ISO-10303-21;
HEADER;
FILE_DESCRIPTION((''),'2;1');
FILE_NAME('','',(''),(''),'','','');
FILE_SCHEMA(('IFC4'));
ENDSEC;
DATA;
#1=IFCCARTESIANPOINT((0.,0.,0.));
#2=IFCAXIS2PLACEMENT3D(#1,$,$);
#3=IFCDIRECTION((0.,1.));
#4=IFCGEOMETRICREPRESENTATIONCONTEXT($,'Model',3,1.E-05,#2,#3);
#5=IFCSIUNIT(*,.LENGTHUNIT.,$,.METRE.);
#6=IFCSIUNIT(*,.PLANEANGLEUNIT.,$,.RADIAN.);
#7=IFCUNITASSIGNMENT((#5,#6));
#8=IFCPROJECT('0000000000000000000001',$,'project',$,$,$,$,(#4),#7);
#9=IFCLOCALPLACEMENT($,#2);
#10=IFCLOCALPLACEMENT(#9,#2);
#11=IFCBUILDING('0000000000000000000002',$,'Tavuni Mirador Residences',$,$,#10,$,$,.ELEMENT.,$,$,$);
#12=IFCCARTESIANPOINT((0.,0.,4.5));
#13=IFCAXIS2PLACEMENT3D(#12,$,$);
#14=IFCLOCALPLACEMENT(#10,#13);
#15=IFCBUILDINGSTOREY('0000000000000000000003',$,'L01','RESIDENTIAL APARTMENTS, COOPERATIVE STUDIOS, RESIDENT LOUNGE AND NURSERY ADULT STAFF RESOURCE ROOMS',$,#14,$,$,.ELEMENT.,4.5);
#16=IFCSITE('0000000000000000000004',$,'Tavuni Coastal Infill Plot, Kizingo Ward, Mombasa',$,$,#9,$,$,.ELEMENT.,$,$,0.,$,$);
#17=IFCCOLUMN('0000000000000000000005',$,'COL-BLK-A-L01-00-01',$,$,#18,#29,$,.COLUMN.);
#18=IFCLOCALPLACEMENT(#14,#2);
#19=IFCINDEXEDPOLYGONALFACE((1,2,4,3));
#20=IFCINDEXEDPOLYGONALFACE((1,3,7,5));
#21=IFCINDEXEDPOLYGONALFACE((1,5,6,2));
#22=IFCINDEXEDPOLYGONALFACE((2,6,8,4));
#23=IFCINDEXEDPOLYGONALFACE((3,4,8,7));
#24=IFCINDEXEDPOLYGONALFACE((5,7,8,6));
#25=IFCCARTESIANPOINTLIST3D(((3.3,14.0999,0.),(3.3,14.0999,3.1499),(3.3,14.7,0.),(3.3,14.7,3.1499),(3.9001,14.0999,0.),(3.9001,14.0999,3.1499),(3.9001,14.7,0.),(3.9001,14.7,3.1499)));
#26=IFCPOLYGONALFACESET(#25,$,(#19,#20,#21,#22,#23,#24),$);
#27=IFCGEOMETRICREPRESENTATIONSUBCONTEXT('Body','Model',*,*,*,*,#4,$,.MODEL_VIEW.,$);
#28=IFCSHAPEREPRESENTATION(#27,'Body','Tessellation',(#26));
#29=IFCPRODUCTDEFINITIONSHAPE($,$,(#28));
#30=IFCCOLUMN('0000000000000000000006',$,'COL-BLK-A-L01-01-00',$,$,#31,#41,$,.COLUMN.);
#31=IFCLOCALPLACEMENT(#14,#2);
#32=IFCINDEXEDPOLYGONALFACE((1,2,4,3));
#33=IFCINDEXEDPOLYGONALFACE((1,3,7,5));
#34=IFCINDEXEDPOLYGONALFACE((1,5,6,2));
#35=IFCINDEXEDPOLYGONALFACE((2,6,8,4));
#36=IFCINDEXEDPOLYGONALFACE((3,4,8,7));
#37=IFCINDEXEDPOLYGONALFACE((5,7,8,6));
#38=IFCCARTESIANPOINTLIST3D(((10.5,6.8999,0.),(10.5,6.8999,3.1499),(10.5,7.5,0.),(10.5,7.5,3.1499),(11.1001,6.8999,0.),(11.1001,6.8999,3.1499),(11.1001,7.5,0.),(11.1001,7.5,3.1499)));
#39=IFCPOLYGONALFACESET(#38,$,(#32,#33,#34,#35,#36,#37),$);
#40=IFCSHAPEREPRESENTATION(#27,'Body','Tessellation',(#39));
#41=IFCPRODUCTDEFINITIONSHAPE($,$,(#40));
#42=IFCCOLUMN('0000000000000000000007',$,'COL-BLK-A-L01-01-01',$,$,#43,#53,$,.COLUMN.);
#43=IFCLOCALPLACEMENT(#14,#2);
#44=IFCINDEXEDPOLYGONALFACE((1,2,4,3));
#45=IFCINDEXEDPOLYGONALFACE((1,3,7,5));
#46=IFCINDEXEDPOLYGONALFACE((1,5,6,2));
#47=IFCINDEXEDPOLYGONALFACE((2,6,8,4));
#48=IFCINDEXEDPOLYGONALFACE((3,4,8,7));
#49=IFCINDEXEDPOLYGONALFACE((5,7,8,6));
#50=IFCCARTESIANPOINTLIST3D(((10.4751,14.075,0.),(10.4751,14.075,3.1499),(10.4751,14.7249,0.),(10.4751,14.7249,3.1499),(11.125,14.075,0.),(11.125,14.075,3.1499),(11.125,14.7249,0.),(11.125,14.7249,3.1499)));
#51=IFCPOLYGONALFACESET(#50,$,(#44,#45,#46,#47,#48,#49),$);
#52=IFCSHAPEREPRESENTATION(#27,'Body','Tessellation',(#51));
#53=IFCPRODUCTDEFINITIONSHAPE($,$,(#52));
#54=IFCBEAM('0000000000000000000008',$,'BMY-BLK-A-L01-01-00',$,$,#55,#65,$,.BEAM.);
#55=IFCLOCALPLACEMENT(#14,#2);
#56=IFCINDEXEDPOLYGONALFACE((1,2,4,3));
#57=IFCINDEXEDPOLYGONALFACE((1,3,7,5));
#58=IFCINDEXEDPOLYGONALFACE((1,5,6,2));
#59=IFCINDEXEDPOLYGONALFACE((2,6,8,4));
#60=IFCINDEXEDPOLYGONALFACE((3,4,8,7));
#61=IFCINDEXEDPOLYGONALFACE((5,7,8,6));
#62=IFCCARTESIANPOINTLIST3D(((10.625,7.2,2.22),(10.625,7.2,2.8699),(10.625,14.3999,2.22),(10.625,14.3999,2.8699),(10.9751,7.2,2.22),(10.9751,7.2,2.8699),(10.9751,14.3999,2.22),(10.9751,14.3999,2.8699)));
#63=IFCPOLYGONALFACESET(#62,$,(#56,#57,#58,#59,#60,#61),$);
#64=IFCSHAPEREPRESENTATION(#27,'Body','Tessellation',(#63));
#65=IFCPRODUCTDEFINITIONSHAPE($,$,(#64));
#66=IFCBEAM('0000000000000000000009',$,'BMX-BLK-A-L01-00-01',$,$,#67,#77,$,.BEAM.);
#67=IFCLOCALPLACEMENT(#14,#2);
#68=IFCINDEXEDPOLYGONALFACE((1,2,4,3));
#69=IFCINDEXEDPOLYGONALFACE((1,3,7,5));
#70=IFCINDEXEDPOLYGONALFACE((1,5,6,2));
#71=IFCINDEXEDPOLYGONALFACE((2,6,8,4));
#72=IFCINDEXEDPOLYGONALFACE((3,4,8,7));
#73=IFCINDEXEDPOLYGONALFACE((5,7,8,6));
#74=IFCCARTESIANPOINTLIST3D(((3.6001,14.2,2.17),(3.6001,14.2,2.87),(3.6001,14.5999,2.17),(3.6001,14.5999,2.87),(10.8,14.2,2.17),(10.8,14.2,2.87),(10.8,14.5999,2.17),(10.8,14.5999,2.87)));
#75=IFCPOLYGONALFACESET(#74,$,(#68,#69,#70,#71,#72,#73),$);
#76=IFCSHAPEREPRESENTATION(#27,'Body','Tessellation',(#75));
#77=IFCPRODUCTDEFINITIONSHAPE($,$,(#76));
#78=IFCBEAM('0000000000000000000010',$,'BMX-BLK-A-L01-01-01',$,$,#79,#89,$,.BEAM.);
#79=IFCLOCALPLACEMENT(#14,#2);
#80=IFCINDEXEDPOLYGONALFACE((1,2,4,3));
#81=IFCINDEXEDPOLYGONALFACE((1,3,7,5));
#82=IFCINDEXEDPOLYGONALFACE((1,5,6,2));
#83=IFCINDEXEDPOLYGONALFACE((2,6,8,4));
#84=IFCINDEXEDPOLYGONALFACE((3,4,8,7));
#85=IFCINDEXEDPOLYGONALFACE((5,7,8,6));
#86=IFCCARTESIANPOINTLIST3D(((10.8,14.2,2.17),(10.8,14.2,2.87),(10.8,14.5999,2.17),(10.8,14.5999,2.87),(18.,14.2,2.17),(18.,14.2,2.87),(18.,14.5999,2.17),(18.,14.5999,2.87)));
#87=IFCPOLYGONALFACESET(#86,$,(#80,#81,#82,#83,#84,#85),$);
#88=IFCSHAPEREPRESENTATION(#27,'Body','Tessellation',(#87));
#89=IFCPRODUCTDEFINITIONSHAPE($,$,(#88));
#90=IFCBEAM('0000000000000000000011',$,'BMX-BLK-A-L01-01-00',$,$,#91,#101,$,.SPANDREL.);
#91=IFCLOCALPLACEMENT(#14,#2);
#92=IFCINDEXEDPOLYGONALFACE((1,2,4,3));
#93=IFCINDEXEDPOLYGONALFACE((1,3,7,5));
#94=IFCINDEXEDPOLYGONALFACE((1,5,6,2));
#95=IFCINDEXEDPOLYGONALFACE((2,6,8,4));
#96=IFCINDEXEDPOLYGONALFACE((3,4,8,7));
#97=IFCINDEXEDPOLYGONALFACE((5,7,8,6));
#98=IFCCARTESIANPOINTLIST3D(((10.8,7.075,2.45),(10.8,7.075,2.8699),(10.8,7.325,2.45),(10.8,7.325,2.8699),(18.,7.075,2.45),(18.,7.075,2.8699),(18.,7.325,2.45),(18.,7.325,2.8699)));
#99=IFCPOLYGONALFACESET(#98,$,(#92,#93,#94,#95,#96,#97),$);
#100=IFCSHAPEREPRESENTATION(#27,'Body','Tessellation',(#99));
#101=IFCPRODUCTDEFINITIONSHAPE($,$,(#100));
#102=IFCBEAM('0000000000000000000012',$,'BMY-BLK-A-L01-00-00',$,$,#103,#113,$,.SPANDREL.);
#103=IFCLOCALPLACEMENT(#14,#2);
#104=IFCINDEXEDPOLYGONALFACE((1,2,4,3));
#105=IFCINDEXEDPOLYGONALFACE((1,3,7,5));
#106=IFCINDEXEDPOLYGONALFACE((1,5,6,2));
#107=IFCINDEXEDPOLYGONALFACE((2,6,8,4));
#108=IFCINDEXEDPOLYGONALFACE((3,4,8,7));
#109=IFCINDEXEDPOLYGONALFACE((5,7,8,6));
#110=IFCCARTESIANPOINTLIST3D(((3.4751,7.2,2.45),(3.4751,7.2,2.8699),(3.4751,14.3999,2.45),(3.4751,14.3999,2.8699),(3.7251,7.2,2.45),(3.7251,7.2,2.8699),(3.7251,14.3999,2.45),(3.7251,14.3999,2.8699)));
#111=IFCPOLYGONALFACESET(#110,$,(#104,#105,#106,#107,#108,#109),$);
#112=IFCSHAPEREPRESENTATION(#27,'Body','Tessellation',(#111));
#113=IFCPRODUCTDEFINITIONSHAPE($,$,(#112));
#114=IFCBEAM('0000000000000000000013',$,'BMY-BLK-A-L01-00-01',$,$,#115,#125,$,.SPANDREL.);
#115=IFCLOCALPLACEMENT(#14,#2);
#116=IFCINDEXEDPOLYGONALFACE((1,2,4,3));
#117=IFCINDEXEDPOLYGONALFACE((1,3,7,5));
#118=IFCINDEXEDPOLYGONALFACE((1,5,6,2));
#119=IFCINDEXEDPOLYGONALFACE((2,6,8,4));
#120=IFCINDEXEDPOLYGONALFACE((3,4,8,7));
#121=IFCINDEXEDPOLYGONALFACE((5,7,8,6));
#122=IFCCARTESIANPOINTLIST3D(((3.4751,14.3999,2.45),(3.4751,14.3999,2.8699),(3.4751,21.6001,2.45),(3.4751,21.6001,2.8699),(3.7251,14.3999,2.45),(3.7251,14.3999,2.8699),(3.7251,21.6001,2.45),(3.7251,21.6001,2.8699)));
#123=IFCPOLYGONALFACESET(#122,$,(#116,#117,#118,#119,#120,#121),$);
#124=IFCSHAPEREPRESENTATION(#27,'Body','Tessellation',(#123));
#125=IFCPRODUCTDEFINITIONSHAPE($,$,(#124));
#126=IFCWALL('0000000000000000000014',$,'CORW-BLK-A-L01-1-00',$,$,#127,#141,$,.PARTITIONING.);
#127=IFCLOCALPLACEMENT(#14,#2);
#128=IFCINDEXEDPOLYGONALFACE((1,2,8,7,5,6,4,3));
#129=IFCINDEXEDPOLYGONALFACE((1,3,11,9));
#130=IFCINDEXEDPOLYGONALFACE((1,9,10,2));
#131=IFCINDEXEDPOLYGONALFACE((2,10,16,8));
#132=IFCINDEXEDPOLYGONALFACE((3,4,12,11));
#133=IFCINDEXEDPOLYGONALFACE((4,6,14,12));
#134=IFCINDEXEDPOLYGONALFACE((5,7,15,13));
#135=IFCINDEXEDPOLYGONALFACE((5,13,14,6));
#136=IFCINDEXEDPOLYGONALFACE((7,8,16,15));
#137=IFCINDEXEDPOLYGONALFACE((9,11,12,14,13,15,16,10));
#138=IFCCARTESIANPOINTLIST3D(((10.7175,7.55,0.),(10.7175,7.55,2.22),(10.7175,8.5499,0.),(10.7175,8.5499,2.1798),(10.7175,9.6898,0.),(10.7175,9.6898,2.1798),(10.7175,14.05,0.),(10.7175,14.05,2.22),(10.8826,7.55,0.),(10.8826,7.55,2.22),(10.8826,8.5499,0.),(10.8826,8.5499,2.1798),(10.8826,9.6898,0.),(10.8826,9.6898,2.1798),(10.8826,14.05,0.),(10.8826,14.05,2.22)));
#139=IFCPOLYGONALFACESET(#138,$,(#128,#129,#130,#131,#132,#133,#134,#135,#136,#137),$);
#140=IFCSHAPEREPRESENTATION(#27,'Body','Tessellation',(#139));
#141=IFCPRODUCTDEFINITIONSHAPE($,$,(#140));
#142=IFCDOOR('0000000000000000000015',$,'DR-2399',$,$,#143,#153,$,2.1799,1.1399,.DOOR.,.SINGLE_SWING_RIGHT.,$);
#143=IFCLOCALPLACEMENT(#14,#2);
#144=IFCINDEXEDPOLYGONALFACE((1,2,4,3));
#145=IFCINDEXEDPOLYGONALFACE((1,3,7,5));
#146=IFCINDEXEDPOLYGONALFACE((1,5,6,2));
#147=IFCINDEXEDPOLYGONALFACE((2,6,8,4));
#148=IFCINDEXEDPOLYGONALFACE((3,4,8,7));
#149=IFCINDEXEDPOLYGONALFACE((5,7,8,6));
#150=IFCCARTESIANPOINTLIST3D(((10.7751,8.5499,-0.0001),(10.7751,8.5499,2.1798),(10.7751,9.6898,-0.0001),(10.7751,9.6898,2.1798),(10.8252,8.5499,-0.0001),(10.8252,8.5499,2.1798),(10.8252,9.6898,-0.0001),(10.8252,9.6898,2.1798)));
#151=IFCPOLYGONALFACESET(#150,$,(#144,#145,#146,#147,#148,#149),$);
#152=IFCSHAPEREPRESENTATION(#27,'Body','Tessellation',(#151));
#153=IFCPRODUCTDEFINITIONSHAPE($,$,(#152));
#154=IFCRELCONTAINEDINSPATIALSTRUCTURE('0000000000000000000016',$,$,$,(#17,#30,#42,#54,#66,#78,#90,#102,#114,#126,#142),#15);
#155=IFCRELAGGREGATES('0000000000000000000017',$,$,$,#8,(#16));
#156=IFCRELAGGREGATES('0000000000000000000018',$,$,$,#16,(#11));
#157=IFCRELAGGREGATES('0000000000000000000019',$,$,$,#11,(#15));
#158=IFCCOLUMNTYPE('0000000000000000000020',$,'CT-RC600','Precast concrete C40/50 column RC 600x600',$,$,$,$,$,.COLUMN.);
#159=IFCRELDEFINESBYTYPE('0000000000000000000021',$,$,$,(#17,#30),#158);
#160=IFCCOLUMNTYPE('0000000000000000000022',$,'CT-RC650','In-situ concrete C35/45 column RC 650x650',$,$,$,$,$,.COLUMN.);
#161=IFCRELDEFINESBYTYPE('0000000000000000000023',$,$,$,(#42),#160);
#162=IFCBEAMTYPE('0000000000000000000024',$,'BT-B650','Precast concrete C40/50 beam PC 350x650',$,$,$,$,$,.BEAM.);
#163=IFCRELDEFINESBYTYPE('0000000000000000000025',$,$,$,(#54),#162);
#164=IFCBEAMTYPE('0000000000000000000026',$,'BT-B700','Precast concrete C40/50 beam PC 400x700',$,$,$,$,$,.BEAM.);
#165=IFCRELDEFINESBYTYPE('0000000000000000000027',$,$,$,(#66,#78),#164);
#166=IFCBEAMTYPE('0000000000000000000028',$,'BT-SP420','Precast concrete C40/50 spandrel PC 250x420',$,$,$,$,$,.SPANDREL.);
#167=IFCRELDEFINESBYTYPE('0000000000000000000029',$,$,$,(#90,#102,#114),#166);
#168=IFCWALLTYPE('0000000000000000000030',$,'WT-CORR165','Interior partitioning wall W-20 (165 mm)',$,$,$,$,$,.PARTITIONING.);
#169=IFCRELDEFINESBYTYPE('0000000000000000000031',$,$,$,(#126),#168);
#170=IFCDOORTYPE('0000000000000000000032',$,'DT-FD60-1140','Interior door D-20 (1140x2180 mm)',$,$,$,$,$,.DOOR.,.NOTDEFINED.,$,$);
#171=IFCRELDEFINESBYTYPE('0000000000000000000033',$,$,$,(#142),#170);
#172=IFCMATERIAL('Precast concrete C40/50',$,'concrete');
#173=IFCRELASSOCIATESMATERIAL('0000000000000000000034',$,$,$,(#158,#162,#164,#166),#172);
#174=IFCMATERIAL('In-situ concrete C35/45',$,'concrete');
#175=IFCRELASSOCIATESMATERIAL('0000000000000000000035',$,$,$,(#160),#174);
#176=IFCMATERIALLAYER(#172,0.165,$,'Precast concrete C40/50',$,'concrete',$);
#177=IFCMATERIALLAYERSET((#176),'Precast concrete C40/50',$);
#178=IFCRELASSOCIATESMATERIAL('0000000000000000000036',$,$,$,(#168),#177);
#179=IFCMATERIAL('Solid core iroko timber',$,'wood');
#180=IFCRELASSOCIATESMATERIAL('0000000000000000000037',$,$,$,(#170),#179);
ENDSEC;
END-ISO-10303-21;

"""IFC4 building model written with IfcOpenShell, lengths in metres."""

from ifc_helpers import new_model, si_unit, direction, frame, frame_2d, origin, origin_2d, place, context, subcontext, project, spatial, rectangle, extrude, material, layer, layer_set, material_profile, profile_set, type_object, element, fill, save


model = new_model("IFC4")

# Units and contexts
model_context = context("Model", 3, precision=1e-05, world=origin(), true_north=direction((0.0, 1.0)))
body_context = subcontext(model_context, "Body", "Model", "MODEL_VIEW")
ifc_project = project(units=[si_unit("LENGTHUNIT", "METRE"), si_unit("PLANEANGLEUNIT", "RADIAN")], contexts=[model_context])

# Site, building, storey
site_placement = place(None, origin())
site = spatial("IfcSite", under=ifc_project, at=site_placement, Name="Tavuni Coastal Infill Plot, Kizingo Ward, Mombasa", CompositionType="ELEMENT", RefElevation=0.0)
building_placement = place(site_placement, origin())
building = spatial("IfcBuilding", under=site, at=building_placement, Name="Tavuni Mirador Residences", CompositionType="ELEMENT")
storey_placement = place(building_placement, frame((0.0, 0.0, 4.5)))
storey = spatial("IfcBuildingStorey", under=building, at=storey_placement, Name="L01", Description="RESIDENTIAL APARTMENTS, COOPERATIVE STUDIOS, RESIDENT LOUNGE AND NURSERY ADULT STAFF RESOURCE ROOMS", CompositionType="ELEMENT", Elevation=4.5)

# Columns
ifc_material_1 = material(Name="Precast concrete C40/50", Category="concrete")
ifc_material_profile_1 = material_profile(ifc_material_1, rectangle(XDim=0.6001, YDim=0.6001, at=origin_2d()), Name="RC 600x600", Category="concrete")
ifc_profile_set_1 = profile_set([ifc_material_profile_1], Name="Precast concrete C40/50")
column_type_1 = type_object("IfcColumnType", Name="CT-RC600", Description="Precast concrete C40/50 column RC 600x600", PredefinedType="COLUMN", material=ifc_profile_set_1)
for number, where, z_axis, x_axis, name in (
    (1, (3.6001, 14.3999, 0.0), (0.0, 0.0, 1.0), (1.0, 0.0, 0.0), "COL-BLK-A-L01-00-01"),
    (2, (10.8, 7.2, 0.0), (0.0, 0.0, 1.0), (1.0, 0.0, 0.0), "COL-BLK-A-L01-01-00"),
):
    element("IfcColumn", number, at=place(storey_placement, frame(where, z_axis=z_axis, x_axis=x_axis)), inside=storey, type_object=column_type_1, Name=name, PredefinedType="COLUMN", context=body_context, shape_type="SweptSolid", body=[
        extrude(rectangle(XDim=0.6001, YDim=0.6001, at=origin_2d()), origin(), (0.0, 0.0, 1.0), 3.1499),
    ])
ifc_material_2 = material(Name="In-situ concrete C35/45", Category="concrete")
ifc_material_profile_2 = material_profile(ifc_material_2, rectangle(XDim=0.6499, YDim=0.6499, at=origin_2d()), Name="RC 650x650", Category="concrete")
ifc_profile_set_2 = profile_set([ifc_material_profile_2], Name="In-situ concrete C35/45")
column_type_2 = type_object("IfcColumnType", Name="CT-RC650", Description="In-situ concrete C35/45 column RC 650x650", PredefinedType="COLUMN", material=ifc_profile_set_2)
column_placement = place(storey_placement, frame((10.8, 14.3999, 0.0), z_axis=(0.0, 0.0, 1.0), x_axis=(1.0, 0.0, 0.0)))
element("IfcColumn", 3, at=column_placement, inside=storey, type_object=column_type_2, Name="COL-BLK-A-L01-01-01", PredefinedType="COLUMN", context=body_context, shape_type="SweptSolid", body=[
    extrude(rectangle(XDim=0.6499, YDim=0.6499, at=origin_2d()), origin(), (0.0, 0.0, 1.0), 3.1499),
])

# Beams
ifc_material_profile_3 = material_profile(ifc_material_1, rectangle(XDim=0.3501, YDim=0.6499, at=origin_2d()), Name="PC 350x650", Category="concrete")
ifc_profile_set_3 = profile_set([ifc_material_profile_3], Name="Precast concrete C40/50")
beam_type_1 = type_object("IfcBeamType", Name="BT-B650", Description="Precast concrete C40/50 beam PC 350x650", PredefinedType="BEAM", material=ifc_profile_set_3)
beam_1_placement = place(storey_placement, frame((10.8, 7.2, 2.5449), z_axis=(0.0, 1.0, 0.0), x_axis=(-1.0, 0.0, 0.0)))
element("IfcBeam", 4, at=beam_1_placement, inside=storey, type_object=beam_type_1, Name="BMY-BLK-A-L01-01-00", PredefinedType="BEAM", context=body_context, shape_type="SweptSolid", body=[
    extrude(rectangle(XDim=0.3501, YDim=0.6499, at=origin_2d()), origin(), (0.0, 0.0, 1.0), 7.2),
])
ifc_material_profile_4 = material_profile(ifc_material_1, rectangle(XDim=0.3999, YDim=0.7, at=origin_2d()), Name="PC 400x700", Category="concrete")
ifc_profile_set_4 = profile_set([ifc_material_profile_4], Name="Precast concrete C40/50")
beam_type_2 = type_object("IfcBeamType", Name="BT-B700", Description="Precast concrete C40/50 beam PC 400x700", PredefinedType="BEAM", material=ifc_profile_set_4)
for number, where, z_axis, x_axis, name in (
    (5, (3.6001, 14.3999, 2.52), (1.0, 0.0, 0.0), (0.0, 1.0, 0.0), "BMX-BLK-A-L01-00-01"),
    (6, (10.8, 14.3999, 2.52), (1.0, 0.0, 0.0), (0.0, 1.0, 0.0), "BMX-BLK-A-L01-01-01"),
):
    element("IfcBeam", number, at=place(storey_placement, frame(where, z_axis=z_axis, x_axis=x_axis)), inside=storey, type_object=beam_type_2, Name=name, PredefinedType="BEAM", context=body_context, shape_type="SweptSolid", body=[
        extrude(rectangle(XDim=0.3999, YDim=0.7, at=origin_2d()), origin(), (0.0, 0.0, 1.0), 7.2),
    ])
ifc_material_profile_5 = material_profile(ifc_material_1, rectangle(XDim=0.25, YDim=0.4199, at=origin_2d()), Name="PC 250x420", Category="concrete")
ifc_profile_set_5 = profile_set([ifc_material_profile_5], Name="Precast concrete C40/50")
beam_type_3 = type_object("IfcBeamType", Name="BT-SP420", Description="Precast concrete C40/50 spandrel PC 250x420", PredefinedType="SPANDREL", material=ifc_profile_set_5)
for number, where, z_axis, x_axis, name in (
    (7, (10.8, 7.2, 2.6599), (1.0, 0.0, 0.0), (0.0, 1.0, 0.0), "BMX-BLK-A-L01-01-00"),
    (8, (3.6001, 7.2, 2.6599), (0.0, 1.0, 0.0), (-1.0, 0.0, 0.0), "BMY-BLK-A-L01-00-00"),
):
    element("IfcBeam", number, at=place(storey_placement, frame(where, z_axis=z_axis, x_axis=x_axis)), inside=storey, type_object=beam_type_3, Name=name, PredefinedType="SPANDREL", context=body_context, shape_type="SweptSolid", body=[
        extrude(rectangle(XDim=0.25, YDim=0.4199, at=origin_2d()), origin(), (0.0, 0.0, 1.0), 7.2),
    ])
beam_2_placement = place(storey_placement, frame((3.6001, 14.3999, 2.6599), z_axis=(0.0, 1.0, 0.0), x_axis=(-1.0, 0.0, 0.0)))
element("IfcBeam", 9, at=beam_2_placement, inside=storey, type_object=beam_type_3, Name="BMY-BLK-A-L01-00-01", PredefinedType="SPANDREL", context=body_context, shape_type="SweptSolid", body=[
    extrude(rectangle(XDim=0.25, YDim=0.4199, at=origin_2d()), origin(), (0.0, 0.0, 1.0), 7.2002),
])

# Wall, opening, door
ifc_layer_1 = layer(ifc_material_1, 0.165, Name="Precast concrete C40/50", Category="concrete")
ifc_layer_set_1 = layer_set([ifc_layer_1], Name="Precast concrete C40/50")
wall_type_1 = type_object("IfcWallType", Name="WT-CORR165", Description="Interior partitioning wall W-20 (165 mm)", PredefinedType="PARTITIONING", material=ifc_layer_set_1)
wall_1_placement = place(storey_placement, frame((10.8, 7.55, 0.0), z_axis=(0.0, 0.0, 1.0), x_axis=(0.0, 1.0, 0.0)))
wall_1 = element("IfcWall", 10, at=wall_1_placement, inside=storey, type_object=wall_type_1, Name="CORW-BLK-A-L01-1-00", PredefinedType="PARTITIONING", context=body_context, shape_type="SweptSolid", body=[
    extrude(rectangle(XDim=6.5, YDim=0.165, at=frame_2d((3.25, 0.0))), origin(), (0.0, 0.0, 1.0), 2.22),
])
opening_1_placement = place(wall_1_placement, frame((1.0, 0.0, 0.0)))
opening_1 = element("IfcOpeningElement", 11, at=opening_1_placement, cuts=wall_1, PredefinedType="OPENING", context=body_context, shape_type="SweptSolid", body=[
    extrude(rectangle(XDim=1.1399, YDim=2.1799, at=frame_2d((0.5698, 1.0898))), frame((0.0, 0.0925, 0.0), z_axis=(0.0, -1.0, 0.0), x_axis=(1.0, 0.0, 0.0)), (0.0, 0.0, 1.0), 0.1851),
])
ifc_material_3 = material(Name="Solid core iroko timber", Category="wood")
door_type_1 = type_object("IfcDoorType", Name="DT-FD60-1140", Description="Interior door D-20 (1140x2180 mm)", OperationType="NOTDEFINED", PredefinedType="DOOR", material=ifc_material_3)
door_1_placement = place(opening_1_placement, origin())
door_1 = element("IfcDoor", 12, at=door_1_placement, inside=storey, type_object=door_type_1, Name="DR-2399", OperationType="SINGLE_SWING_RIGHT", OverallHeight=2.1799, OverallWidth=1.1399, PredefinedType="DOOR", context=body_context, shape_type="SweptSolid", body=[
    extrude(rectangle(XDim=1.1399, YDim=2.1799, at=frame_2d((0.5698, 1.0898))), frame((0.0, 0.0249, 0.0), z_axis=(0.0, -1.0, 0.0), x_axis=(1.0, 0.0, 0.0)), (0.0, 0.0, 1.0), 0.05),
])
fill(opening_1, door_1)

save(model, "model.ifc")
